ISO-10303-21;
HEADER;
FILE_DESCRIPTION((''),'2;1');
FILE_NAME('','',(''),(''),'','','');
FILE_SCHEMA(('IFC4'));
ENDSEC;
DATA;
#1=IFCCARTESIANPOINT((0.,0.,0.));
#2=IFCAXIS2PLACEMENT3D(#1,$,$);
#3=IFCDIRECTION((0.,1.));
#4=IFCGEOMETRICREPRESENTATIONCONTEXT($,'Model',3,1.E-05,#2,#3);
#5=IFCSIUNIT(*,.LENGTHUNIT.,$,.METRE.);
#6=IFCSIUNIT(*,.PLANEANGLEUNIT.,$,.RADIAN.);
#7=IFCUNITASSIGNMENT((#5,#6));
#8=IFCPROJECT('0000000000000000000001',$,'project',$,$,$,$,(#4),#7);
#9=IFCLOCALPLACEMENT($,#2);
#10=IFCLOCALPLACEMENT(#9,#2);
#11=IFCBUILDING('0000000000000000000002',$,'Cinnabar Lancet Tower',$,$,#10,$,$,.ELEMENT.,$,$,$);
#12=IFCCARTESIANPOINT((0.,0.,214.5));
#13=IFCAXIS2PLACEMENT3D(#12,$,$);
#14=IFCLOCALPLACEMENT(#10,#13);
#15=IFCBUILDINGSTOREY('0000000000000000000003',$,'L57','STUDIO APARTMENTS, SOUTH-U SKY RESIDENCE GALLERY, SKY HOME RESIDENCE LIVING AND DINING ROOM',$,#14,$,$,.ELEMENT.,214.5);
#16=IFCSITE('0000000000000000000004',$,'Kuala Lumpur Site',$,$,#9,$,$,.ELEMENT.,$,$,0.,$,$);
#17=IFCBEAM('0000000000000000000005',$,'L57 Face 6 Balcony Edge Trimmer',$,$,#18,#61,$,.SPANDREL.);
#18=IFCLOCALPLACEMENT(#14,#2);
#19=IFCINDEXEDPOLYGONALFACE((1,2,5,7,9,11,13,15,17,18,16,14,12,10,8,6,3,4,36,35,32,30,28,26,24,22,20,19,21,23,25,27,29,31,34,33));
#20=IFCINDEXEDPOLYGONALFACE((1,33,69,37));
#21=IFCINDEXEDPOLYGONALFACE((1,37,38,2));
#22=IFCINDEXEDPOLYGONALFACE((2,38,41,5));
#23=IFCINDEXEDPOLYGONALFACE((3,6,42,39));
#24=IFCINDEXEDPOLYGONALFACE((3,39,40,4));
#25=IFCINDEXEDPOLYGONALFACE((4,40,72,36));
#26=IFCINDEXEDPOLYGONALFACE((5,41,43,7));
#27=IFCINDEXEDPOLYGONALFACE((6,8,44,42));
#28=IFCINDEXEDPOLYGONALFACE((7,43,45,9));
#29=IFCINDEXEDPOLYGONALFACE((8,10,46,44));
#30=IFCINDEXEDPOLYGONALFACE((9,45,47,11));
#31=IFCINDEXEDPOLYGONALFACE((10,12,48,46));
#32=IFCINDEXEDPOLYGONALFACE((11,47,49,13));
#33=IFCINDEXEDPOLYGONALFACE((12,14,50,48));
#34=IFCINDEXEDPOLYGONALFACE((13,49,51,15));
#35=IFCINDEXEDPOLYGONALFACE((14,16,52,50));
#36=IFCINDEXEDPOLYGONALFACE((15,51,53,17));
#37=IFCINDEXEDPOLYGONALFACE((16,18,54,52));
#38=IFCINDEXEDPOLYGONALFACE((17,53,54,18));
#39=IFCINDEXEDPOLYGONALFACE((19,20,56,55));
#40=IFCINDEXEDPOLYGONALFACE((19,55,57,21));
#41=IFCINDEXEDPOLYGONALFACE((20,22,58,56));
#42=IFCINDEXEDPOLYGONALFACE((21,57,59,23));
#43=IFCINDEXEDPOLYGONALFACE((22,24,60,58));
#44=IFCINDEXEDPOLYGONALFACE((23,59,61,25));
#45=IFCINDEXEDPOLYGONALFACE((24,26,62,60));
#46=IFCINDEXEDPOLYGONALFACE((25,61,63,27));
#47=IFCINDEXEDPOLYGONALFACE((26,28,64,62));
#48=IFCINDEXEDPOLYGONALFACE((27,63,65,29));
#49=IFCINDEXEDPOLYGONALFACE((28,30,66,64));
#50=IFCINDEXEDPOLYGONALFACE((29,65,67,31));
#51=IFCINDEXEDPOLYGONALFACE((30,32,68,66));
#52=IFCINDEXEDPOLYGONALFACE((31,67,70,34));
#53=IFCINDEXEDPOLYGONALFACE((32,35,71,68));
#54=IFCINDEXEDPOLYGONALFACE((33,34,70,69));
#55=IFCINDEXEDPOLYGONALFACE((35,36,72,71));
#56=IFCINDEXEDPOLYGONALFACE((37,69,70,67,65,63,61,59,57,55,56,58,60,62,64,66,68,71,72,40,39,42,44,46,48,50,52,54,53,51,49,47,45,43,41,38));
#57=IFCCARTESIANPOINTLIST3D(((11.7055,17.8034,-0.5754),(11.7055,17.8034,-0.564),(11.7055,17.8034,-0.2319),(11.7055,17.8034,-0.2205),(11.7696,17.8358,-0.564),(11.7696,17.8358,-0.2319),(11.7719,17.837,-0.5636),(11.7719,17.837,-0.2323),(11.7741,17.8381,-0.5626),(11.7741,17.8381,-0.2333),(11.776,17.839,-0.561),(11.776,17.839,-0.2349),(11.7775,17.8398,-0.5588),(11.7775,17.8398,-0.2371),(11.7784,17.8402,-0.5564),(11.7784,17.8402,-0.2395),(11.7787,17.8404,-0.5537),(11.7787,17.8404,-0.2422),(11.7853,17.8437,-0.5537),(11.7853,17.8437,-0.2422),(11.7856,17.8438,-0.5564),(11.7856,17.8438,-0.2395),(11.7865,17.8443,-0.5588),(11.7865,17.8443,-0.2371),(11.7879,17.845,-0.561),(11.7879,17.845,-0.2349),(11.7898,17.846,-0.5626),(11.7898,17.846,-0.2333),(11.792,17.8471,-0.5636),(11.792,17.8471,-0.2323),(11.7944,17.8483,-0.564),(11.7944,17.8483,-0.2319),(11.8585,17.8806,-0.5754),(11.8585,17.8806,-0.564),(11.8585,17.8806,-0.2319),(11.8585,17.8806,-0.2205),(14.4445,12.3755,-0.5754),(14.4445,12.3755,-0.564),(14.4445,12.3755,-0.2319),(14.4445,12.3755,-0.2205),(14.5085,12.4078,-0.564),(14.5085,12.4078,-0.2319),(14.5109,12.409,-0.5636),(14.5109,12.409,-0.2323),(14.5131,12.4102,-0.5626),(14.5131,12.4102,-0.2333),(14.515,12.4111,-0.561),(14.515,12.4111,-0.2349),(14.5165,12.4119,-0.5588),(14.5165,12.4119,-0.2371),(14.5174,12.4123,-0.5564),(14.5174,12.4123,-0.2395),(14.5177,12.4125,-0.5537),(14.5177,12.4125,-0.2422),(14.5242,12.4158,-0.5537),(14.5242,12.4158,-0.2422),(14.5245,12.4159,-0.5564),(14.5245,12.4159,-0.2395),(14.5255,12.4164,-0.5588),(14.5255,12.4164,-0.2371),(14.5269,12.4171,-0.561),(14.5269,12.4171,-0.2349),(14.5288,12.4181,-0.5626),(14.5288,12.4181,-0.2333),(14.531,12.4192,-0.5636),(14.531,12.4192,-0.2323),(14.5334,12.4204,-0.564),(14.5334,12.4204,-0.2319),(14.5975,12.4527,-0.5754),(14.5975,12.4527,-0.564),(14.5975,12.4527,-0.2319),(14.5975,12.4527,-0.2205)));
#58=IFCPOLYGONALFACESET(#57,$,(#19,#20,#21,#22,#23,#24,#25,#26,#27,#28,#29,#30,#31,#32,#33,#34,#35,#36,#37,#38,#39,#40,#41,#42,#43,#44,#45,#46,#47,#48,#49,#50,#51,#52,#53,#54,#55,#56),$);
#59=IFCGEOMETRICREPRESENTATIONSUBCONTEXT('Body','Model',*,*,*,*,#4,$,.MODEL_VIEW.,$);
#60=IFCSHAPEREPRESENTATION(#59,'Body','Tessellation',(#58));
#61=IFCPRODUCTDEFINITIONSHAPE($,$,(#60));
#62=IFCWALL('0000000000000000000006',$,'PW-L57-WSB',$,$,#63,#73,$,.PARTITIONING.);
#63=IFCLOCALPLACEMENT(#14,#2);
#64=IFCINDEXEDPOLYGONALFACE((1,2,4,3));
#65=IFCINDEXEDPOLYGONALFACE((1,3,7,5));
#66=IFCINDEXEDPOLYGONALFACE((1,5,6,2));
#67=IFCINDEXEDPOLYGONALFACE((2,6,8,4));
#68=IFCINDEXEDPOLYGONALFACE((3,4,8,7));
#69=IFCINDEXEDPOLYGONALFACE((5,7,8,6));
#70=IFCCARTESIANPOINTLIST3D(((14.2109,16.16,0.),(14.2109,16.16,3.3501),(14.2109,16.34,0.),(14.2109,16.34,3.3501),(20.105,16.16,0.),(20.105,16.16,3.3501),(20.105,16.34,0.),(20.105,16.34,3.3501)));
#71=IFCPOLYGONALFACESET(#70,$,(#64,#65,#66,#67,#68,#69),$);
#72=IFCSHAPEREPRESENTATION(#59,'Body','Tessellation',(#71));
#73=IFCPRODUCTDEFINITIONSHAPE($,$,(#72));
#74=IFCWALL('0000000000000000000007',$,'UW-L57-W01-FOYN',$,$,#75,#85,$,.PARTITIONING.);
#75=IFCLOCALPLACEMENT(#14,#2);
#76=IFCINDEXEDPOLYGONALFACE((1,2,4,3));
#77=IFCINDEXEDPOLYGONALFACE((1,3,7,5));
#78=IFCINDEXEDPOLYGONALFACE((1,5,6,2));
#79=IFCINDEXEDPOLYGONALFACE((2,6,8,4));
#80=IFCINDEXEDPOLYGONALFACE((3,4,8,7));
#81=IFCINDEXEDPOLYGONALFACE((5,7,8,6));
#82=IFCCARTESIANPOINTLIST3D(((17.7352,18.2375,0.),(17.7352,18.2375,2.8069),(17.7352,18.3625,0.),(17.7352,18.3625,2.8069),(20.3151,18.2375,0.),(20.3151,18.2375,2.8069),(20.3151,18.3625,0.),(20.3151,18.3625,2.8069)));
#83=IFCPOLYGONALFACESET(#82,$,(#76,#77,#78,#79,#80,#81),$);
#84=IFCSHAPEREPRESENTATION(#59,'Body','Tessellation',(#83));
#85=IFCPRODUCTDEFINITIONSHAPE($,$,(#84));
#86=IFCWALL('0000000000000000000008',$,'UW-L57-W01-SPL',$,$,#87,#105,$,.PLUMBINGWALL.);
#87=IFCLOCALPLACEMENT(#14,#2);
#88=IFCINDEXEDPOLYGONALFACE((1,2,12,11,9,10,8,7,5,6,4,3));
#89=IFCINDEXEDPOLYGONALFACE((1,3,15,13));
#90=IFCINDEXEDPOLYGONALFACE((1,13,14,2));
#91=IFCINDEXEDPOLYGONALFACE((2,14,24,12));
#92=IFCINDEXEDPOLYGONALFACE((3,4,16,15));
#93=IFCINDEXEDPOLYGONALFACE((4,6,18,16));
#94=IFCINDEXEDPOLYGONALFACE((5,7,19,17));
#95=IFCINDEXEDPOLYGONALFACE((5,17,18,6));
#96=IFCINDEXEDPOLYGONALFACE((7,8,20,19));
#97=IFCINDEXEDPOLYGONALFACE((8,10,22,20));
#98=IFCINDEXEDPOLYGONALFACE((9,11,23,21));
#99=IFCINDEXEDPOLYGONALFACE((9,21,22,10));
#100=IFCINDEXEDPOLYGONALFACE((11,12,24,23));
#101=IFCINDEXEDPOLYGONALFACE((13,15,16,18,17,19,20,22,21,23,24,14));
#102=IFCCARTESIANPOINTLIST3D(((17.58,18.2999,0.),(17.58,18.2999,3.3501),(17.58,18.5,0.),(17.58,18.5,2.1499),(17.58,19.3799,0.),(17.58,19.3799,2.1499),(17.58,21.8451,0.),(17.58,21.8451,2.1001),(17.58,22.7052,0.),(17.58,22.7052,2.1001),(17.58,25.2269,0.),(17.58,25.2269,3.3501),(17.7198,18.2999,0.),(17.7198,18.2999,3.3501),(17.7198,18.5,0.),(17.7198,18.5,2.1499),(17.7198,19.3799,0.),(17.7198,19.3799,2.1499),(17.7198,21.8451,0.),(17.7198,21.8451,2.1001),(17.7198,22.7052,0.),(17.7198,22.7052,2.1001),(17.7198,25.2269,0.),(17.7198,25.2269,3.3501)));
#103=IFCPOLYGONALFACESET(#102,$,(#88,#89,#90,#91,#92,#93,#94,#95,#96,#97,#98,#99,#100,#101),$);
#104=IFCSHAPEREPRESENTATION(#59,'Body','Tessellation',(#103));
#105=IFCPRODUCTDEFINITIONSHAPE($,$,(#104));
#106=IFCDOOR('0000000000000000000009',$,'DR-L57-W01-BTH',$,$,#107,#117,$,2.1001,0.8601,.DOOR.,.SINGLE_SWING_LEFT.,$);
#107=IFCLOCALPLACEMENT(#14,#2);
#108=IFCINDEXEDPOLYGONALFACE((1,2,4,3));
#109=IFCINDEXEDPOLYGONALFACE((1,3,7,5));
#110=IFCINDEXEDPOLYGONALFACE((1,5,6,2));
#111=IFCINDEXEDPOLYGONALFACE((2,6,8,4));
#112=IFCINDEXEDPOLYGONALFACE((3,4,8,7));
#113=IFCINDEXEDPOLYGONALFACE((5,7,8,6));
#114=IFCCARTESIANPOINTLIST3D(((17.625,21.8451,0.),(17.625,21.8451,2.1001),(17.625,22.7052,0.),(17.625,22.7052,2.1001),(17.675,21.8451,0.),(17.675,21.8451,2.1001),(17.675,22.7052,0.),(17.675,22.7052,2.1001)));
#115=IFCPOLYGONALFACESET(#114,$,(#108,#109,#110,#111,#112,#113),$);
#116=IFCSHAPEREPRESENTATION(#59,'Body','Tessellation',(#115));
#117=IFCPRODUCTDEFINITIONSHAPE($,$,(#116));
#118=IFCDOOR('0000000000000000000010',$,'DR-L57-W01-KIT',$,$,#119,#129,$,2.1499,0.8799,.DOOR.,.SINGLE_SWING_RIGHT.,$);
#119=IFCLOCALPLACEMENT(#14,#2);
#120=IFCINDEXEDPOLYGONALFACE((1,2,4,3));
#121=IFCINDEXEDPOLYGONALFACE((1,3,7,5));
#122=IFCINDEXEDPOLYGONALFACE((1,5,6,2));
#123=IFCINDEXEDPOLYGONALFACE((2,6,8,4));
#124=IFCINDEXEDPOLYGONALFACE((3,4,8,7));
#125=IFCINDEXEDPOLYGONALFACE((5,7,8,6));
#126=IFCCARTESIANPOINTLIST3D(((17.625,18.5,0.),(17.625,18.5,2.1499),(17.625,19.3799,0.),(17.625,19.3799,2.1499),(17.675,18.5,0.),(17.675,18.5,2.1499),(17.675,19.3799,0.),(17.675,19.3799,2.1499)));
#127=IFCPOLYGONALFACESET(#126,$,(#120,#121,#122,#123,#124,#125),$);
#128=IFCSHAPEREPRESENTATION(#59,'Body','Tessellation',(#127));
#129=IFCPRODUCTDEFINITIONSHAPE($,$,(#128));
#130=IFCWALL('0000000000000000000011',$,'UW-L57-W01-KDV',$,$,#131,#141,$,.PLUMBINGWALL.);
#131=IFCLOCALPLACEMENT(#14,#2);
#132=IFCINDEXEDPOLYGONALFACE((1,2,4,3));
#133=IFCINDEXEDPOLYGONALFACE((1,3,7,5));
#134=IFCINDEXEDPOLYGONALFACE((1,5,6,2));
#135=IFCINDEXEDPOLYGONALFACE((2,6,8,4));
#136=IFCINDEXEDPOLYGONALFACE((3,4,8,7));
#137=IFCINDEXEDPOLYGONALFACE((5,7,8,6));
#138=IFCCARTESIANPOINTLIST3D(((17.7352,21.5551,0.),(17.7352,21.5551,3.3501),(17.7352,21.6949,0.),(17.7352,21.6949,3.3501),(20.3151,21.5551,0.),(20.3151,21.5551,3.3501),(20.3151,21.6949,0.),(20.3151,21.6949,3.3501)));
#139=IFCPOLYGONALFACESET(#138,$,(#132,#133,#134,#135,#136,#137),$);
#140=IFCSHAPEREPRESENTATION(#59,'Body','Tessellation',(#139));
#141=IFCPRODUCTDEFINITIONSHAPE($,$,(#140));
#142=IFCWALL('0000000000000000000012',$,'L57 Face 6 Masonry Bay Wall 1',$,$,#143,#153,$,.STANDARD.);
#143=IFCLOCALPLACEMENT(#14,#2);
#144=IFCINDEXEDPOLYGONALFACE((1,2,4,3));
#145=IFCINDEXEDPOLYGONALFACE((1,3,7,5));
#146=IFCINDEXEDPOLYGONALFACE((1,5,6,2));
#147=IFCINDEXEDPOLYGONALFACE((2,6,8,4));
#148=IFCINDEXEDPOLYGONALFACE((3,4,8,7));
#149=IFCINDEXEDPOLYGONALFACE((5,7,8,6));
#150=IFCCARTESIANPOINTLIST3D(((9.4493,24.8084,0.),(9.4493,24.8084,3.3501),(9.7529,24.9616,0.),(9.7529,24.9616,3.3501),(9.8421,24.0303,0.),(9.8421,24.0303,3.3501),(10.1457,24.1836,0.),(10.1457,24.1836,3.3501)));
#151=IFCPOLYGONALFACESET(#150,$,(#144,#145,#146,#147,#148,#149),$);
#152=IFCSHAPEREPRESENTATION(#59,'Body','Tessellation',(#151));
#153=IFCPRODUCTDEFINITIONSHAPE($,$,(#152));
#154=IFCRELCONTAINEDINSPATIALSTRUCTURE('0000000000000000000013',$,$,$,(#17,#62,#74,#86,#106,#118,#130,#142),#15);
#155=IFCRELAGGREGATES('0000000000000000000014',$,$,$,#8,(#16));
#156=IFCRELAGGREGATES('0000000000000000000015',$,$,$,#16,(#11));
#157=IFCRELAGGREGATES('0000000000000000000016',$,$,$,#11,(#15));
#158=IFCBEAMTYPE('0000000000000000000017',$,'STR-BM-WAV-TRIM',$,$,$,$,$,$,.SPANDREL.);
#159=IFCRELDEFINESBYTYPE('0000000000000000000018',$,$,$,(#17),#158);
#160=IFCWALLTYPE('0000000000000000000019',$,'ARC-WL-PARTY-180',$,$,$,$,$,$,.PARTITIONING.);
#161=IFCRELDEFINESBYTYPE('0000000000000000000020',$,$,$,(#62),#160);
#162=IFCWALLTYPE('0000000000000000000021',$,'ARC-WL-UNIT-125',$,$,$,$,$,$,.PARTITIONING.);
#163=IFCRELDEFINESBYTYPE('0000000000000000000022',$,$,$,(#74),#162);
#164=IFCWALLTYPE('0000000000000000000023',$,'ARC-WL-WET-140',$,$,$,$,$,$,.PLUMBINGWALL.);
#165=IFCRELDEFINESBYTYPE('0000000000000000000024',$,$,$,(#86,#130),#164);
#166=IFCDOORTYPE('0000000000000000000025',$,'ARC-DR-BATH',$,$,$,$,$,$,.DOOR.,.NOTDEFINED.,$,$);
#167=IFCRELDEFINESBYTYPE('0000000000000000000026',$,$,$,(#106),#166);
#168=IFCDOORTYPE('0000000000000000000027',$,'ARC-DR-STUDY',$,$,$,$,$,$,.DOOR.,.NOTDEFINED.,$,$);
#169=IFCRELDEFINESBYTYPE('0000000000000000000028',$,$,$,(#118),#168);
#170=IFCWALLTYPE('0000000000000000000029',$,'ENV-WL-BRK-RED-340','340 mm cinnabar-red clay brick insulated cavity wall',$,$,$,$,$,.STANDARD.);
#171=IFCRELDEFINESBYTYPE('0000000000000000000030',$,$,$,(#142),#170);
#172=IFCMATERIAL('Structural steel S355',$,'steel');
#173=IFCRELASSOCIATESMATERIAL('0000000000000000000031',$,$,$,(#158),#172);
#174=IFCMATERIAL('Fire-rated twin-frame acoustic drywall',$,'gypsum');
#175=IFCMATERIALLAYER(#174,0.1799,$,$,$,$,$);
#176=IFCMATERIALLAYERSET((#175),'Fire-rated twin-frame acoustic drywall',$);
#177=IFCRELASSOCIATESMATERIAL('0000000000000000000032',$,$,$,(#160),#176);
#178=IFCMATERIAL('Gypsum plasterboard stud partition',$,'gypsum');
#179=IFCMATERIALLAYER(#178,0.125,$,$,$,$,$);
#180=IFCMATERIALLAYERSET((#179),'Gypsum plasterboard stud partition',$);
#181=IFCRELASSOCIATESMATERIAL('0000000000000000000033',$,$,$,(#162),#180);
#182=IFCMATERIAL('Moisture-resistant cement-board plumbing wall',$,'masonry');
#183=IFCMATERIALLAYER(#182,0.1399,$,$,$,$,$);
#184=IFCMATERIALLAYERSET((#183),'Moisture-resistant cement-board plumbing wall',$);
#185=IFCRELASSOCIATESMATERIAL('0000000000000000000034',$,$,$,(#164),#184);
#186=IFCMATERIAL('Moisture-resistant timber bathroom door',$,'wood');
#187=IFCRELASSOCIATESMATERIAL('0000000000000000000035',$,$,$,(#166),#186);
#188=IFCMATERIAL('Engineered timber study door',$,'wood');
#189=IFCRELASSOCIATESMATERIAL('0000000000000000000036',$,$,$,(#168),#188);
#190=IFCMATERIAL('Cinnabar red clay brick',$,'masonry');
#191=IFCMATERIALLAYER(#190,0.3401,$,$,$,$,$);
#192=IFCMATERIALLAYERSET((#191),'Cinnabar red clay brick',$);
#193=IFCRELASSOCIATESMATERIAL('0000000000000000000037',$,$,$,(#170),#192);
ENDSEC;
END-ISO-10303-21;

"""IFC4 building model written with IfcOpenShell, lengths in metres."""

from ifc_helpers import new_model, si_unit, direction, frame, frame_2d, origin, origin_2d, place, context, subcontext, project, spatial, rectangle, i_section, extrude, material, layer, layer_set, material_profile, profile_set, type_object, element, fill, save


model = new_model("IFC4")

# Units and contexts
model_context = context("Model", 3, precision=1e-05, world=origin(), true_north=direction((0.0, 1.0)))
body_context = subcontext(model_context, "Body", "Model", "MODEL_VIEW")
ifc_project = project(units=[si_unit("LENGTHUNIT", "METRE"), si_unit("PLANEANGLEUNIT", "RADIAN")], contexts=[model_context])

# Site, building, storey
site_placement = place(None, origin())
site = spatial("IfcSite", under=ifc_project, at=site_placement, Name="Kuala Lumpur Site", CompositionType="ELEMENT", RefElevation=0.0)
building_placement = place(site_placement, origin())
building = spatial("IfcBuilding", under=site, at=building_placement, Name="Cinnabar Lancet Tower", CompositionType="ELEMENT")
storey_placement = place(building_placement, frame((0.0, 0.0, 214.5)))
storey = spatial("IfcBuildingStorey", under=building, at=storey_placement, Name="L57", Description="STUDIO APARTMENTS, SOUTH-U SKY RESIDENCE GALLERY, SKY HOME RESIDENCE LIVING AND DINING ROOM", CompositionType="ELEMENT", Elevation=214.5)

# Beam
ifc_material_1 = material(Name="Structural steel S355", Category="steel")
ifc_material_profile_1 = material_profile(ifc_material_1, i_section(OverallWidth=0.1714, OverallDepth=0.355, WebThickness=0.0073, FlangeThickness=0.0115, FilletRadius=0.0103, at=origin_2d()), Name="UKB 356x171x51")
ifc_profile_set_1 = profile_set([ifc_material_profile_1], Name="Structural steel S355")
beam_type_1 = type_object("IfcBeamType", Name="STR-BM-WAV-TRIM", PredefinedType="SPANDREL", material=ifc_profile_set_1)
beam_1_placement = place(storey_placement, frame((11.782, 17.842, -0.3979), z_axis=(0.450503, -0.892775, 0.0), x_axis=(0.892775, 0.450503, 0.0)))
element("IfcBeam", 1, at=beam_1_placement, inside=storey, type_object=beam_type_1, Name="L57 Face 6 Balcony Edge Trimmer", PredefinedType="SPANDREL", context=body_context, shape_type="SweptSolid", body=[
    extrude(i_section(OverallWidth=0.1714, OverallDepth=0.355, WebThickness=0.0073, FlangeThickness=0.0115, FilletRadius=0.0103, at=origin_2d()), origin(), (0.0, 0.0, 1.0), 6.0798),
])

# Walls
ifc_material_2 = material(Name="Fire-rated twin-frame acoustic drywall", Category="gypsum")
ifc_layer_1 = layer(ifc_material_2, 0.1799)
ifc_layer_set_1 = layer_set([ifc_layer_1], Name="Fire-rated twin-frame acoustic drywall")
wall_type_1 = type_object("IfcWallType", Name="ARC-WL-PARTY-180", PredefinedType="PARTITIONING", material=ifc_layer_set_1)
wall_1_placement = place(storey_placement, frame((14.2109, 16.25, 0.0), z_axis=(0.0, 0.0, 1.0), x_axis=(1.0, 0.0, 0.0)))
element("IfcWall", 2, at=wall_1_placement, inside=storey, type_object=wall_type_1, Name="PW-L57-WSB", PredefinedType="PARTITIONING", context=body_context, shape_type="SweptSolid", body=[
    extrude(rectangle(XDim=5.894, YDim=0.1799, at=frame_2d((2.947, 0.0))), origin(), (0.0, 0.0, 1.0), 3.3501),
])
ifc_material_3 = material(Name="Gypsum plasterboard stud partition", Category="gypsum")
ifc_layer_2 = layer(ifc_material_3, 0.125)
ifc_layer_set_2 = layer_set([ifc_layer_2], Name="Gypsum plasterboard stud partition")
wall_type_2 = type_object("IfcWallType", Name="ARC-WL-UNIT-125", PredefinedType="PARTITIONING", material=ifc_layer_set_2)
wall_2_placement = place(storey_placement, frame((17.7351, 18.3, 0.0), z_axis=(0.0, 0.0, 1.0), x_axis=(1.0, 0.0, 0.0)))
element("IfcWall", 3, at=wall_2_placement, inside=storey, type_object=wall_type_2, Name="UW-L57-W01-FOYN", PredefinedType="PARTITIONING", context=body_context, shape_type="SweptSolid", body=[
    extrude(rectangle(XDim=2.5798, YDim=0.125, at=frame_2d((1.29, 0.0))), origin(), (0.0, 0.0, 1.0), 2.8069),
])

# Wall, openings, doors
ifc_material_4 = material(Name="Moisture-resistant cement-board plumbing wall", Category="masonry")
ifc_layer_3 = layer(ifc_material_4, 0.1399)
ifc_layer_set_3 = layer_set([ifc_layer_3], Name="Moisture-resistant cement-board plumbing wall")
wall_type_3 = type_object("IfcWallType", Name="ARC-WL-WET-140", PredefinedType="PLUMBINGWALL", material=ifc_layer_set_3)
wall_3_placement = place(storey_placement, frame((17.6499, 18.3, 0.0), z_axis=(0.0, 0.0, 1.0), x_axis=(0.0, 1.0, 0.0)))
wall_3 = element("IfcWall", 4, at=wall_3_placement, inside=storey, type_object=wall_type_3, Name="UW-L57-W01-SPL", PredefinedType="PLUMBINGWALL", context=body_context, shape_type="SweptSolid", body=[
    extrude(rectangle(XDim=6.927, YDim=0.1399, at=frame_2d((3.4634, 0.0))), origin(), (0.0, 0.0, 1.0), 3.3501),
])
opening_1_placement = place(wall_3_placement, frame((3.5449, 0.0, 0.0)))
opening_1 = element("IfcOpeningElement", 5, at=opening_1_placement, cuts=wall_3, PredefinedType="OPENING", context=body_context, shape_type="SweptSolid", body=[
    extrude(rectangle(XDim=0.8601, YDim=2.1001, at=frame_2d((0.4302, 1.05))), frame((0.0, 0.0798, 0.0), z_axis=(0.0, -1.0, 0.0), x_axis=(1.0, 0.0, 0.0)), (0.0, 0.0, 1.0), 0.1599),
])
opening_2_placement = place(wall_3_placement, frame((0.2, 0.0, 0.0)))
opening_2 = element("IfcOpeningElement", 6, at=opening_2_placement, cuts=wall_3, PredefinedType="OPENING", context=body_context, shape_type="SweptSolid", body=[
    extrude(rectangle(XDim=0.8799, YDim=2.1499, at=frame_2d((0.4399, 1.075))), frame((0.0, 0.0798, 0.0), z_axis=(0.0, -1.0, 0.0), x_axis=(1.0, 0.0, 0.0)), (0.0, 0.0, 1.0), 0.1599),
])
ifc_material_5 = material(Name="Moisture-resistant timber bathroom door", Category="wood")
door_type_1 = type_object("IfcDoorType", Name="ARC-DR-BATH", OperationType="NOTDEFINED", PredefinedType="DOOR", material=ifc_material_5)
door_1_placement = place(opening_1_placement, origin())
door_1 = element("IfcDoor", 7, at=door_1_placement, inside=storey, type_object=door_type_1, Name="DR-L57-W01-BTH", OperationType="SINGLE_SWING_LEFT", OverallHeight=2.1001, OverallWidth=0.8601, PredefinedType="DOOR", context=body_context, shape_type="SweptSolid", body=[
    extrude(rectangle(XDim=0.8601, YDim=2.1001, at=frame_2d((0.4302, 1.05))), frame((0.0, 0.0249, 0.0), z_axis=(0.0, -1.0, 0.0), x_axis=(1.0, 0.0, 0.0)), (0.0, 0.0, 1.0), 0.05),
])
fill(opening_1, door_1)
ifc_material_6 = material(Name="Engineered timber study door", Category="wood")
door_type_2 = type_object("IfcDoorType", Name="ARC-DR-STUDY", OperationType="NOTDEFINED", PredefinedType="DOOR", material=ifc_material_6)
door_2_placement = place(opening_2_placement, origin())
door_2 = element("IfcDoor", 8, at=door_2_placement, inside=storey, type_object=door_type_2, Name="DR-L57-W01-KIT", OperationType="SINGLE_SWING_RIGHT", OverallHeight=2.1499, OverallWidth=0.8799, PredefinedType="DOOR", context=body_context, shape_type="SweptSolid", body=[
    extrude(rectangle(XDim=0.8799, YDim=2.1499, at=frame_2d((0.4399, 1.075))), frame((0.0, 0.0249, 0.0), z_axis=(0.0, -1.0, 0.0), x_axis=(1.0, 0.0, 0.0)), (0.0, 0.0, 1.0), 0.05),
])
fill(opening_2, door_2)

# Walls
wall_4_placement = place(storey_placement, frame((17.7351, 21.625, 0.0), z_axis=(0.0, 0.0, 1.0), x_axis=(1.0, 0.0, 0.0)))
element("IfcWall", 9, at=wall_4_placement, inside=storey, type_object=wall_type_3, Name="UW-L57-W01-KDV", PredefinedType="PLUMBINGWALL", context=body_context, shape_type="SweptSolid", body=[
    extrude(rectangle(XDim=2.5798, YDim=0.1399, at=frame_2d((1.29, 0.0))), origin(), (0.0, 0.0, 1.0), 3.3501),
])
ifc_material_7 = material(Name="Cinnabar red clay brick", Category="masonry")
ifc_layer_4 = layer(ifc_material_7, 0.3401)
ifc_layer_set_4 = layer_set([ifc_layer_4], Name="Cinnabar red clay brick")
wall_type_4 = type_object("IfcWallType", Name="ENV-WL-BRK-RED-340", Description="340 mm cinnabar-red clay brick insulated cavity wall", PredefinedType="STANDARD", material=ifc_layer_set_4)
wall_5_placement = place(storey_placement, frame((9.6011, 24.885, 0.0), z_axis=(0.0, 0.0, 1.0), x_axis=(0.450683, -0.892684, 0.0)))
element("IfcWall", 10, at=wall_5_placement, inside=storey, type_object=wall_type_4, Name="L57 Face 6 Masonry Bay Wall 1", PredefinedType="STANDARD", context=body_context, shape_type="SweptSolid", body=[
    extrude(rectangle(XDim=0.8716, YDim=0.3401, at=frame_2d((0.4358, 0.0))), origin(), (0.0, 0.0, 1.0), 3.3501),
])

save(model, "model.ifc")
